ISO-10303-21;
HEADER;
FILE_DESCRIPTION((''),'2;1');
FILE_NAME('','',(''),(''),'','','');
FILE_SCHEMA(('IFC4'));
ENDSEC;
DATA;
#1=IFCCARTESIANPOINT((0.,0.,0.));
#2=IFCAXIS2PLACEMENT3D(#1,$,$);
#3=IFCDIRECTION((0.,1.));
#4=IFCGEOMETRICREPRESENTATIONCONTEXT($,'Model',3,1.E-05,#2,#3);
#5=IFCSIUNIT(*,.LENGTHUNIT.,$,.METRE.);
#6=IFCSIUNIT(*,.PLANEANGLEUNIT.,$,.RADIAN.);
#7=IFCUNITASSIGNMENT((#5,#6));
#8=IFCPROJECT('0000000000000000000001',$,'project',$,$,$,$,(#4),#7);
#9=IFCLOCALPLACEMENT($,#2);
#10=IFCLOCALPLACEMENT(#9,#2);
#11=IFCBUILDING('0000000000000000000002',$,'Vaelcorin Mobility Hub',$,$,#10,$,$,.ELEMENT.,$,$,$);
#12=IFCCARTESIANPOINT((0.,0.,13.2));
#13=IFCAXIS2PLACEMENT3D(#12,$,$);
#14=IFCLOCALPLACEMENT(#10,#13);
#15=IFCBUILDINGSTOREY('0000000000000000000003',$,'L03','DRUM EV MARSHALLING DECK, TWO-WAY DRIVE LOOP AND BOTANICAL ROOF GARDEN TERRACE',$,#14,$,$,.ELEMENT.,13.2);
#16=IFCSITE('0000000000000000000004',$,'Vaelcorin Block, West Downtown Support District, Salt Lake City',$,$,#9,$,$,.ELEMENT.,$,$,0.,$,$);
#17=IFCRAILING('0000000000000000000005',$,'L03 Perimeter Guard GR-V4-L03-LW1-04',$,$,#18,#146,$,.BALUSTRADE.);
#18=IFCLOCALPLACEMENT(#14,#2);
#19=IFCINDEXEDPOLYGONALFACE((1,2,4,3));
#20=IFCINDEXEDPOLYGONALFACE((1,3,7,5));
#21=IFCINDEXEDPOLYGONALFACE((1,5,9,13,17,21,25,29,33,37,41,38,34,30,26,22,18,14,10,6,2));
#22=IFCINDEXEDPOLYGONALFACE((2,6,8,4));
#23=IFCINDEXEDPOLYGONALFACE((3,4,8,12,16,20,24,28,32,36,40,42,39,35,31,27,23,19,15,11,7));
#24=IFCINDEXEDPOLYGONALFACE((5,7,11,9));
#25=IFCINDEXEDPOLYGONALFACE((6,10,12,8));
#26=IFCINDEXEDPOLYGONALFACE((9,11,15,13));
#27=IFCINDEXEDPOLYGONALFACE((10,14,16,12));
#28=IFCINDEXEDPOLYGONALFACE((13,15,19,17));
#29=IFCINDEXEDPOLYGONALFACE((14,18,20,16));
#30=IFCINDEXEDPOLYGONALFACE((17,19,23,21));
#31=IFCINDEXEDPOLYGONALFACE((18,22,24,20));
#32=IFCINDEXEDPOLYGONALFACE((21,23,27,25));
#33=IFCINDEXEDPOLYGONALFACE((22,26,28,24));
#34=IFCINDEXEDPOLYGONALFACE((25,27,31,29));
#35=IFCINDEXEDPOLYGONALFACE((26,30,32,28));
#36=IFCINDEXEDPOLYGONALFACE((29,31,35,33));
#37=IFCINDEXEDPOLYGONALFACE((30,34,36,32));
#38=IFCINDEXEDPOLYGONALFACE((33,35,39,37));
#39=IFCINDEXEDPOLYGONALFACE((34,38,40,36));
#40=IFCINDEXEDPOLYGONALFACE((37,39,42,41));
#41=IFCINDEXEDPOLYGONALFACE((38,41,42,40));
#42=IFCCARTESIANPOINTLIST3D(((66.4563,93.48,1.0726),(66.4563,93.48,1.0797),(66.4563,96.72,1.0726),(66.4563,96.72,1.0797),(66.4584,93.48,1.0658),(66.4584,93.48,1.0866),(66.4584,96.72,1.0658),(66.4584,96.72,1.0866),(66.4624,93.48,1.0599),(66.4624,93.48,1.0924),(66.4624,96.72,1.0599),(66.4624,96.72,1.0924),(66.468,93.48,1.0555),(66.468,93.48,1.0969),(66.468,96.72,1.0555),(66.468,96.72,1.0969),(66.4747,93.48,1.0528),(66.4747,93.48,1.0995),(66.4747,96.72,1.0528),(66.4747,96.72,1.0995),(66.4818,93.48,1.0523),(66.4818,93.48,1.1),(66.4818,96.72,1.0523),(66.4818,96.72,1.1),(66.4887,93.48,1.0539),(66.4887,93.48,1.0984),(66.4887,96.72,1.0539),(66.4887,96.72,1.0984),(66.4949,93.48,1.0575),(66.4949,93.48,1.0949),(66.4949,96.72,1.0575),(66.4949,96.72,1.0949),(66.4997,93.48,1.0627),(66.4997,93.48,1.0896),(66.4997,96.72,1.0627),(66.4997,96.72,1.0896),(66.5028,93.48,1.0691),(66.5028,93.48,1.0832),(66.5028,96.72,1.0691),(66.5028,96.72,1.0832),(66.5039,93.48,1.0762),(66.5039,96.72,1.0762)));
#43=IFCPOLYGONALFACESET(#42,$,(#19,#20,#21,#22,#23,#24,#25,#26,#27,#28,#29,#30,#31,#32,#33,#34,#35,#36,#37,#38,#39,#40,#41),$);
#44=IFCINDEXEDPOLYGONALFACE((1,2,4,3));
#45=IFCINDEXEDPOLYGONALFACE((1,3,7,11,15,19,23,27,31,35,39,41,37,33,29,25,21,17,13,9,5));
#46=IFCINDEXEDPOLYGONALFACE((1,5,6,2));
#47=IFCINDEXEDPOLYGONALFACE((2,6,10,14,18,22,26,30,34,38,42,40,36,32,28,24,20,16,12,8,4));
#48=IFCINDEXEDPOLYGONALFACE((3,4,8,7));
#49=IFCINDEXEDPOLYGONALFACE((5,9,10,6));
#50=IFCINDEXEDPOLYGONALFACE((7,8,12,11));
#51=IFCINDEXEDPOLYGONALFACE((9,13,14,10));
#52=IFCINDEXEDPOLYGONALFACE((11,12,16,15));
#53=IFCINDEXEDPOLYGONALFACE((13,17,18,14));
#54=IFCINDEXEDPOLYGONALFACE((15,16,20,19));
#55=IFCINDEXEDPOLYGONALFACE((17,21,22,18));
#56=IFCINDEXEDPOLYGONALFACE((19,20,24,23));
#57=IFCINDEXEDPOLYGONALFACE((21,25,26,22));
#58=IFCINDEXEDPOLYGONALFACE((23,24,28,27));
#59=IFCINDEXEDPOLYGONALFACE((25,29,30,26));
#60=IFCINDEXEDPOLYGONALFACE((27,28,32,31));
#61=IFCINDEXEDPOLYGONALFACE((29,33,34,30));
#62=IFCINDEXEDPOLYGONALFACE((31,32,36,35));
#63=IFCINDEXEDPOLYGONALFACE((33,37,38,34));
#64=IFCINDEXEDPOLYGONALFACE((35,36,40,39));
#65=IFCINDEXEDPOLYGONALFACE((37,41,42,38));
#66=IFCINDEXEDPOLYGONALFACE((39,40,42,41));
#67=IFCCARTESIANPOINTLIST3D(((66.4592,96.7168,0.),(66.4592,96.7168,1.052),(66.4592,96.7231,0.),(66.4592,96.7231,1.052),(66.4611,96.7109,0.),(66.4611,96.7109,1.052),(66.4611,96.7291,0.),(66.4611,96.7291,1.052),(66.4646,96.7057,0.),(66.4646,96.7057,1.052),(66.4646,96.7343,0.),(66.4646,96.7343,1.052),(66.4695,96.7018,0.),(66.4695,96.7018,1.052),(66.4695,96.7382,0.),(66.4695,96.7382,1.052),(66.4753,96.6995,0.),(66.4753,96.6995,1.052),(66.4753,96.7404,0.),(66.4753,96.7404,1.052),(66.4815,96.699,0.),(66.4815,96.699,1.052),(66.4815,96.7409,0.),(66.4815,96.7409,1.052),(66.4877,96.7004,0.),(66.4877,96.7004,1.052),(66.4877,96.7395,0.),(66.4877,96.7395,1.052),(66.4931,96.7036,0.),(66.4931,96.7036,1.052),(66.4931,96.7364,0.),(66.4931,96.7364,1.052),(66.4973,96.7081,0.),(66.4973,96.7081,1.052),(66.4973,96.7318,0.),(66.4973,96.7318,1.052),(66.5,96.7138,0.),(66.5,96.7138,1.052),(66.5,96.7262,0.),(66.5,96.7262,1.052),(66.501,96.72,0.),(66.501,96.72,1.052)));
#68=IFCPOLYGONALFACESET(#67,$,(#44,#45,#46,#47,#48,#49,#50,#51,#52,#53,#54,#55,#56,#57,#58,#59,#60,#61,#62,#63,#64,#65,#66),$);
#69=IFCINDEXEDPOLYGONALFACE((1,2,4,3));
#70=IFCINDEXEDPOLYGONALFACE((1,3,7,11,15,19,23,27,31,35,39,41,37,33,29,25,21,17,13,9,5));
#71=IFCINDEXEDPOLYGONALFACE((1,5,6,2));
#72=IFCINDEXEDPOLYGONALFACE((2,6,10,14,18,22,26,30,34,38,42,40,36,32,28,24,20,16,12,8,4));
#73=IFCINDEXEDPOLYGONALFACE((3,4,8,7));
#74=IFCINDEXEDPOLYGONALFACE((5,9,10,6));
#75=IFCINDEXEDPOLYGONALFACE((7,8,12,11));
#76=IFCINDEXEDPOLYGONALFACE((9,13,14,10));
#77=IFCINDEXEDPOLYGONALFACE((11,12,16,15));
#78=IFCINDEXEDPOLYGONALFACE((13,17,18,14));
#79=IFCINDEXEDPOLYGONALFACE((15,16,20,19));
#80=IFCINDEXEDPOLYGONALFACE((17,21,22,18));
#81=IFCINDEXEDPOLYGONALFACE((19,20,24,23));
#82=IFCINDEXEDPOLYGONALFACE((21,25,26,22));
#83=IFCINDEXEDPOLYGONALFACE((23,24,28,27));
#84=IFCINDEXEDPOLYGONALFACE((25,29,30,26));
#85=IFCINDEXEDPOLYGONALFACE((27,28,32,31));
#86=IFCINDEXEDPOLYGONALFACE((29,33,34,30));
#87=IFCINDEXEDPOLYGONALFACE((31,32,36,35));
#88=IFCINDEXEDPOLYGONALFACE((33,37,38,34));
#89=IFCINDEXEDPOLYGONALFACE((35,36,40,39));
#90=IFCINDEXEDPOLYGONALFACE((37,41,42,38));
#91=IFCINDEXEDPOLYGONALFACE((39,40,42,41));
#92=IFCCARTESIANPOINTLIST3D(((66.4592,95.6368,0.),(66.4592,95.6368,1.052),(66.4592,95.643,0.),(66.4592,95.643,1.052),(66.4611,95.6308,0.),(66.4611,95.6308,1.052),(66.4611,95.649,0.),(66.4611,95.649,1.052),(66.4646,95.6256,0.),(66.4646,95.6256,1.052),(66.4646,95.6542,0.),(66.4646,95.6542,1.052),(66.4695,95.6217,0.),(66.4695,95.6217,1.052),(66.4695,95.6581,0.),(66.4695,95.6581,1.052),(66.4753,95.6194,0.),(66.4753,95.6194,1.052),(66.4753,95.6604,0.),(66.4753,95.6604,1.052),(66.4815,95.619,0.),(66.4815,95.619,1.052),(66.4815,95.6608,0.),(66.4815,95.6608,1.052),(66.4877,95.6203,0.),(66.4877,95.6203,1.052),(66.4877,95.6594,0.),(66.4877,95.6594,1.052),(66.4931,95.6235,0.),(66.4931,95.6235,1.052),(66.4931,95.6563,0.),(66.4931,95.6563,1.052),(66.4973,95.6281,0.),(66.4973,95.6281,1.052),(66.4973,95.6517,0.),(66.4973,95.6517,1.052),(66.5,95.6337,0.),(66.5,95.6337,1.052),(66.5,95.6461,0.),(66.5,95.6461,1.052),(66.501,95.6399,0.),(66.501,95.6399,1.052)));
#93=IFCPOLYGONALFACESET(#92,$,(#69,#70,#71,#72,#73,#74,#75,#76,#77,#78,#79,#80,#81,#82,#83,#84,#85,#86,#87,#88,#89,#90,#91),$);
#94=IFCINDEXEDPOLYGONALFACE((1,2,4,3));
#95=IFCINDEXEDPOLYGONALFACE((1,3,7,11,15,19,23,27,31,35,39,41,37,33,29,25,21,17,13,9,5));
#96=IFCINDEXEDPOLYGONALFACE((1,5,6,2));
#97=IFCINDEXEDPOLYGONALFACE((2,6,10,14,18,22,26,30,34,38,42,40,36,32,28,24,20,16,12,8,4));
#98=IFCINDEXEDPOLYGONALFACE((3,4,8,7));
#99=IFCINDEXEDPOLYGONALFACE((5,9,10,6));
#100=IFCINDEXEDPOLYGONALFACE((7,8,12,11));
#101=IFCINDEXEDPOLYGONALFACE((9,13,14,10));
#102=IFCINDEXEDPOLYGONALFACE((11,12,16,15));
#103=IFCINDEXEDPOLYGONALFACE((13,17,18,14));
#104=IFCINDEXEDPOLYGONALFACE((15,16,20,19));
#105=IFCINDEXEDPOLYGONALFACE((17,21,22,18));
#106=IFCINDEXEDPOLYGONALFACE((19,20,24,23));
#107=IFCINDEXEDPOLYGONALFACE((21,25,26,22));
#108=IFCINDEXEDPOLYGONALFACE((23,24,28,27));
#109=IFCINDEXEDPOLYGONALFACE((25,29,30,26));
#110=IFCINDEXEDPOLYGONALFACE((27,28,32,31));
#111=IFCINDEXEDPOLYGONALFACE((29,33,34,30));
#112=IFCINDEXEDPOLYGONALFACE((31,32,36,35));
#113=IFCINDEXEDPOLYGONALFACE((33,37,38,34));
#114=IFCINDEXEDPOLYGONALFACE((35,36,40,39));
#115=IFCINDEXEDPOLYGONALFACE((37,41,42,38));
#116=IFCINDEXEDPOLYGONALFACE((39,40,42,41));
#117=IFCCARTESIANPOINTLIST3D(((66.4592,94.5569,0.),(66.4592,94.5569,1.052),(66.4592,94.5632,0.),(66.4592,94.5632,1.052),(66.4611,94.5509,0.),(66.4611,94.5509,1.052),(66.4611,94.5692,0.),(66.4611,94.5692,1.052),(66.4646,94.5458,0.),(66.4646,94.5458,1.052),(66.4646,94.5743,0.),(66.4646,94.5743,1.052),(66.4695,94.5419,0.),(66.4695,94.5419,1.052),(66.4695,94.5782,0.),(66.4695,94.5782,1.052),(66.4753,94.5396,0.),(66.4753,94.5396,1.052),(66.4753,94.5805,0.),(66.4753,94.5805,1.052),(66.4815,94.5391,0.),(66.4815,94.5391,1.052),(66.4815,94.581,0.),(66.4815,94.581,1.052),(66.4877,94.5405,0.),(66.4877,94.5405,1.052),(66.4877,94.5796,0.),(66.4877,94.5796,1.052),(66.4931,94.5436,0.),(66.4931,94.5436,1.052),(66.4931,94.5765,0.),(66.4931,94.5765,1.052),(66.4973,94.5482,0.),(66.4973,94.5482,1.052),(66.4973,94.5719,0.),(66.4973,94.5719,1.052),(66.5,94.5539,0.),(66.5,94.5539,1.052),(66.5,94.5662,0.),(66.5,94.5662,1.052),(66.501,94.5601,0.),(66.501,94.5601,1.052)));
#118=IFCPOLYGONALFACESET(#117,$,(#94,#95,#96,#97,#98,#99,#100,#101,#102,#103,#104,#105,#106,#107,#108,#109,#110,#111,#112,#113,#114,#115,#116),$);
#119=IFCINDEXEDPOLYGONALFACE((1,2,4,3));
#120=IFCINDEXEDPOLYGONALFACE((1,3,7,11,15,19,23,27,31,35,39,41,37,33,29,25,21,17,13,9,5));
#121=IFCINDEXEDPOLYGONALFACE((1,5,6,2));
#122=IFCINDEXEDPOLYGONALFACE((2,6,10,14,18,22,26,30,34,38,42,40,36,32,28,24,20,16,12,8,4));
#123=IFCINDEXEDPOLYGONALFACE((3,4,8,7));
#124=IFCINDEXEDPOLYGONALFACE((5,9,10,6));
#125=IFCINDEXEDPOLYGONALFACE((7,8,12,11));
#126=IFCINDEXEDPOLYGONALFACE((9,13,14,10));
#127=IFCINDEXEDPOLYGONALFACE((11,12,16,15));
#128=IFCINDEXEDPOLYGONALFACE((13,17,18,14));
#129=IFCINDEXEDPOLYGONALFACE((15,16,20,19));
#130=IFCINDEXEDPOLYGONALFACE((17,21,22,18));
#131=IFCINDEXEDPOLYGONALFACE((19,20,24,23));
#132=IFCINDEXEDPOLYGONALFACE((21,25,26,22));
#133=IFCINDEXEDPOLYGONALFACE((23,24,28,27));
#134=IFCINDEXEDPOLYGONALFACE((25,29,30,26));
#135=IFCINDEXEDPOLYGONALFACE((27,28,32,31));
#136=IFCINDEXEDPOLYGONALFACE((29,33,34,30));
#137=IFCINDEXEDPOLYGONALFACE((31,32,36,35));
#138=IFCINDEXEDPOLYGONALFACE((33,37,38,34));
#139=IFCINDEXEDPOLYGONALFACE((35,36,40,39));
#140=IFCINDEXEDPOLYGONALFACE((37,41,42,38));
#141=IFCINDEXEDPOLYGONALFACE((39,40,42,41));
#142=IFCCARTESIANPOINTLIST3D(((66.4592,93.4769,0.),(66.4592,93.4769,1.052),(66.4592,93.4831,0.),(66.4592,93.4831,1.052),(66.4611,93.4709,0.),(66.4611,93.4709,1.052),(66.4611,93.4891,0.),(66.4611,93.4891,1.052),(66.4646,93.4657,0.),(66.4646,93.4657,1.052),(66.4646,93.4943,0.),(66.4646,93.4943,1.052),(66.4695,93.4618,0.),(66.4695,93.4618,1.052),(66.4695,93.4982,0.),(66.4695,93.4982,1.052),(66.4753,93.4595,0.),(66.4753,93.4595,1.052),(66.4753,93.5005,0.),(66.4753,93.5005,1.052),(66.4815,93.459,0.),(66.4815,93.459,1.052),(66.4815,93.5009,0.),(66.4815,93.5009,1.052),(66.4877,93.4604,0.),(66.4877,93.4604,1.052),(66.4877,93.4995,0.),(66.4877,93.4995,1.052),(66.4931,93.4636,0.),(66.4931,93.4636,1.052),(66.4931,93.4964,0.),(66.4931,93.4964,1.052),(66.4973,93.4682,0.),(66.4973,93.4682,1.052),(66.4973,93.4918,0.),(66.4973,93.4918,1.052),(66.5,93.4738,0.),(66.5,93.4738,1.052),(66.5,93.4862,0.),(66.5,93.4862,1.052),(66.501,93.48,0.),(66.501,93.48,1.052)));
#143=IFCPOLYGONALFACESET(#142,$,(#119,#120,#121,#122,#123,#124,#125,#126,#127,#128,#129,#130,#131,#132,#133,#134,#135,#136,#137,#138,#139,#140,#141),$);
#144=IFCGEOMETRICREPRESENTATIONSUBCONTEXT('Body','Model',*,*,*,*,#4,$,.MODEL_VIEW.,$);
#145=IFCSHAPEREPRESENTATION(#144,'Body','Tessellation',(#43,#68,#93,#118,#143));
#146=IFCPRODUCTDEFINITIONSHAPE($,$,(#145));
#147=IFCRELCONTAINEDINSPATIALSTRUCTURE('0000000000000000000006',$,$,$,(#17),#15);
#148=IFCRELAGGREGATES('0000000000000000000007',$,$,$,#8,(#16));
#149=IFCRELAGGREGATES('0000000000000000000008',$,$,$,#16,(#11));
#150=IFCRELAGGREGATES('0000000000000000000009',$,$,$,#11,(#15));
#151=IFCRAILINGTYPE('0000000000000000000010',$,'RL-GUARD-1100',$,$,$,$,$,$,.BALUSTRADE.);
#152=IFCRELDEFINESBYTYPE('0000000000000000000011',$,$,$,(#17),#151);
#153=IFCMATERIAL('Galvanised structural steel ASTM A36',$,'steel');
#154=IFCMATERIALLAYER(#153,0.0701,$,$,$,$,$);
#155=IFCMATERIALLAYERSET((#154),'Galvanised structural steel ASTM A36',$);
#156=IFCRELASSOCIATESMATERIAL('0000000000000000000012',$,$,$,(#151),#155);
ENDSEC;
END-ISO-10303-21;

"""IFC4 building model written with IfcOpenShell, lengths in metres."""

from ifc_helpers import new_model, si_unit, direction, frame, origin, origin_2d, place, context, subcontext, project, spatial, circle, extrude, material, layer, layer_set, type_object, element, save


model = new_model("IFC4")

# Units and contexts
model_context = context("Model", 3, precision=1e-05, world=origin(), true_north=direction((0.0, 1.0)))
body_context = subcontext(model_context, "Body", "Model", "MODEL_VIEW")
ifc_project = project(units=[si_unit("LENGTHUNIT", "METRE"), si_unit("PLANEANGLEUNIT", "RADIAN")], contexts=[model_context])

# Site, building, storey
site_placement = place(None, origin())
site = spatial("IfcSite", under=ifc_project, at=site_placement, Name="Vaelcorin Block, West Downtown Support District, Salt Lake City", CompositionType="ELEMENT", RefElevation=0.0)
building_placement = place(site_placement, origin())
building = spatial("IfcBuilding", under=site, at=building_placement, Name="Vaelcorin Mobility Hub", CompositionType="ELEMENT")
storey_placement = place(building_placement, frame((0.0, 0.0, 13.2)))
storey = spatial("IfcBuildingStorey", under=building, at=storey_placement, Name="L03", Description="DRUM EV MARSHALLING DECK, TWO-WAY DRIVE LOOP AND BOTANICAL ROOF GARDEN TERRACE", CompositionType="ELEMENT", Elevation=13.2)

# Railing
ifc_material_1 = material(Name="Galvanised structural steel ASTM A36", Category="steel")
ifc_layer_1 = layer(ifc_material_1, 0.0701)
ifc_layer_set_1 = layer_set([ifc_layer_1], Name="Galvanised structural steel ASTM A36")
railing_type = type_object("IfcRailingType", Name="RL-GUARD-1100", PredefinedType="BALUSTRADE", material=ifc_layer_set_1)
railing_1_placement = place(storey_placement, frame((66.48, 96.72, 0.0)))
element("IfcRailing", 1, at=railing_1_placement, inside=storey, type_object=railing_type, Name="L03 Perimeter Guard GR-V4-L03-LW1-04", PredefinedType="BALUSTRADE", context=body_context, shape_type="SweptSolid", body=[
    extrude(circle(Radius=0.0239, at=origin_2d()), frame((0.0, 0.0, 1.0762), z_axis=(0.0, -1.0, 0.0), x_axis=(1.0, 0.0, 0.0)), (0.0, 0.0, 1.0), 3.24),
    extrude(circle(Radius=0.021, at=origin_2d()), origin(), (0.0, 0.0, 1.0), 1.052),
    extrude(circle(Radius=0.021, at=origin_2d()), frame((0.0, -1.0801, 0.0)), (0.0, 0.0, 1.0), 1.052),
    extrude(circle(Radius=0.021, at=origin_2d()), frame((0.0, -2.1599, 0.0)), (0.0, 0.0, 1.0), 1.052),
    extrude(circle(Radius=0.021, at=origin_2d()), frame((0.0, -3.24, 0.0)), (0.0, 0.0, 1.0), 1.052),
])

save(model, "model.ifc")
